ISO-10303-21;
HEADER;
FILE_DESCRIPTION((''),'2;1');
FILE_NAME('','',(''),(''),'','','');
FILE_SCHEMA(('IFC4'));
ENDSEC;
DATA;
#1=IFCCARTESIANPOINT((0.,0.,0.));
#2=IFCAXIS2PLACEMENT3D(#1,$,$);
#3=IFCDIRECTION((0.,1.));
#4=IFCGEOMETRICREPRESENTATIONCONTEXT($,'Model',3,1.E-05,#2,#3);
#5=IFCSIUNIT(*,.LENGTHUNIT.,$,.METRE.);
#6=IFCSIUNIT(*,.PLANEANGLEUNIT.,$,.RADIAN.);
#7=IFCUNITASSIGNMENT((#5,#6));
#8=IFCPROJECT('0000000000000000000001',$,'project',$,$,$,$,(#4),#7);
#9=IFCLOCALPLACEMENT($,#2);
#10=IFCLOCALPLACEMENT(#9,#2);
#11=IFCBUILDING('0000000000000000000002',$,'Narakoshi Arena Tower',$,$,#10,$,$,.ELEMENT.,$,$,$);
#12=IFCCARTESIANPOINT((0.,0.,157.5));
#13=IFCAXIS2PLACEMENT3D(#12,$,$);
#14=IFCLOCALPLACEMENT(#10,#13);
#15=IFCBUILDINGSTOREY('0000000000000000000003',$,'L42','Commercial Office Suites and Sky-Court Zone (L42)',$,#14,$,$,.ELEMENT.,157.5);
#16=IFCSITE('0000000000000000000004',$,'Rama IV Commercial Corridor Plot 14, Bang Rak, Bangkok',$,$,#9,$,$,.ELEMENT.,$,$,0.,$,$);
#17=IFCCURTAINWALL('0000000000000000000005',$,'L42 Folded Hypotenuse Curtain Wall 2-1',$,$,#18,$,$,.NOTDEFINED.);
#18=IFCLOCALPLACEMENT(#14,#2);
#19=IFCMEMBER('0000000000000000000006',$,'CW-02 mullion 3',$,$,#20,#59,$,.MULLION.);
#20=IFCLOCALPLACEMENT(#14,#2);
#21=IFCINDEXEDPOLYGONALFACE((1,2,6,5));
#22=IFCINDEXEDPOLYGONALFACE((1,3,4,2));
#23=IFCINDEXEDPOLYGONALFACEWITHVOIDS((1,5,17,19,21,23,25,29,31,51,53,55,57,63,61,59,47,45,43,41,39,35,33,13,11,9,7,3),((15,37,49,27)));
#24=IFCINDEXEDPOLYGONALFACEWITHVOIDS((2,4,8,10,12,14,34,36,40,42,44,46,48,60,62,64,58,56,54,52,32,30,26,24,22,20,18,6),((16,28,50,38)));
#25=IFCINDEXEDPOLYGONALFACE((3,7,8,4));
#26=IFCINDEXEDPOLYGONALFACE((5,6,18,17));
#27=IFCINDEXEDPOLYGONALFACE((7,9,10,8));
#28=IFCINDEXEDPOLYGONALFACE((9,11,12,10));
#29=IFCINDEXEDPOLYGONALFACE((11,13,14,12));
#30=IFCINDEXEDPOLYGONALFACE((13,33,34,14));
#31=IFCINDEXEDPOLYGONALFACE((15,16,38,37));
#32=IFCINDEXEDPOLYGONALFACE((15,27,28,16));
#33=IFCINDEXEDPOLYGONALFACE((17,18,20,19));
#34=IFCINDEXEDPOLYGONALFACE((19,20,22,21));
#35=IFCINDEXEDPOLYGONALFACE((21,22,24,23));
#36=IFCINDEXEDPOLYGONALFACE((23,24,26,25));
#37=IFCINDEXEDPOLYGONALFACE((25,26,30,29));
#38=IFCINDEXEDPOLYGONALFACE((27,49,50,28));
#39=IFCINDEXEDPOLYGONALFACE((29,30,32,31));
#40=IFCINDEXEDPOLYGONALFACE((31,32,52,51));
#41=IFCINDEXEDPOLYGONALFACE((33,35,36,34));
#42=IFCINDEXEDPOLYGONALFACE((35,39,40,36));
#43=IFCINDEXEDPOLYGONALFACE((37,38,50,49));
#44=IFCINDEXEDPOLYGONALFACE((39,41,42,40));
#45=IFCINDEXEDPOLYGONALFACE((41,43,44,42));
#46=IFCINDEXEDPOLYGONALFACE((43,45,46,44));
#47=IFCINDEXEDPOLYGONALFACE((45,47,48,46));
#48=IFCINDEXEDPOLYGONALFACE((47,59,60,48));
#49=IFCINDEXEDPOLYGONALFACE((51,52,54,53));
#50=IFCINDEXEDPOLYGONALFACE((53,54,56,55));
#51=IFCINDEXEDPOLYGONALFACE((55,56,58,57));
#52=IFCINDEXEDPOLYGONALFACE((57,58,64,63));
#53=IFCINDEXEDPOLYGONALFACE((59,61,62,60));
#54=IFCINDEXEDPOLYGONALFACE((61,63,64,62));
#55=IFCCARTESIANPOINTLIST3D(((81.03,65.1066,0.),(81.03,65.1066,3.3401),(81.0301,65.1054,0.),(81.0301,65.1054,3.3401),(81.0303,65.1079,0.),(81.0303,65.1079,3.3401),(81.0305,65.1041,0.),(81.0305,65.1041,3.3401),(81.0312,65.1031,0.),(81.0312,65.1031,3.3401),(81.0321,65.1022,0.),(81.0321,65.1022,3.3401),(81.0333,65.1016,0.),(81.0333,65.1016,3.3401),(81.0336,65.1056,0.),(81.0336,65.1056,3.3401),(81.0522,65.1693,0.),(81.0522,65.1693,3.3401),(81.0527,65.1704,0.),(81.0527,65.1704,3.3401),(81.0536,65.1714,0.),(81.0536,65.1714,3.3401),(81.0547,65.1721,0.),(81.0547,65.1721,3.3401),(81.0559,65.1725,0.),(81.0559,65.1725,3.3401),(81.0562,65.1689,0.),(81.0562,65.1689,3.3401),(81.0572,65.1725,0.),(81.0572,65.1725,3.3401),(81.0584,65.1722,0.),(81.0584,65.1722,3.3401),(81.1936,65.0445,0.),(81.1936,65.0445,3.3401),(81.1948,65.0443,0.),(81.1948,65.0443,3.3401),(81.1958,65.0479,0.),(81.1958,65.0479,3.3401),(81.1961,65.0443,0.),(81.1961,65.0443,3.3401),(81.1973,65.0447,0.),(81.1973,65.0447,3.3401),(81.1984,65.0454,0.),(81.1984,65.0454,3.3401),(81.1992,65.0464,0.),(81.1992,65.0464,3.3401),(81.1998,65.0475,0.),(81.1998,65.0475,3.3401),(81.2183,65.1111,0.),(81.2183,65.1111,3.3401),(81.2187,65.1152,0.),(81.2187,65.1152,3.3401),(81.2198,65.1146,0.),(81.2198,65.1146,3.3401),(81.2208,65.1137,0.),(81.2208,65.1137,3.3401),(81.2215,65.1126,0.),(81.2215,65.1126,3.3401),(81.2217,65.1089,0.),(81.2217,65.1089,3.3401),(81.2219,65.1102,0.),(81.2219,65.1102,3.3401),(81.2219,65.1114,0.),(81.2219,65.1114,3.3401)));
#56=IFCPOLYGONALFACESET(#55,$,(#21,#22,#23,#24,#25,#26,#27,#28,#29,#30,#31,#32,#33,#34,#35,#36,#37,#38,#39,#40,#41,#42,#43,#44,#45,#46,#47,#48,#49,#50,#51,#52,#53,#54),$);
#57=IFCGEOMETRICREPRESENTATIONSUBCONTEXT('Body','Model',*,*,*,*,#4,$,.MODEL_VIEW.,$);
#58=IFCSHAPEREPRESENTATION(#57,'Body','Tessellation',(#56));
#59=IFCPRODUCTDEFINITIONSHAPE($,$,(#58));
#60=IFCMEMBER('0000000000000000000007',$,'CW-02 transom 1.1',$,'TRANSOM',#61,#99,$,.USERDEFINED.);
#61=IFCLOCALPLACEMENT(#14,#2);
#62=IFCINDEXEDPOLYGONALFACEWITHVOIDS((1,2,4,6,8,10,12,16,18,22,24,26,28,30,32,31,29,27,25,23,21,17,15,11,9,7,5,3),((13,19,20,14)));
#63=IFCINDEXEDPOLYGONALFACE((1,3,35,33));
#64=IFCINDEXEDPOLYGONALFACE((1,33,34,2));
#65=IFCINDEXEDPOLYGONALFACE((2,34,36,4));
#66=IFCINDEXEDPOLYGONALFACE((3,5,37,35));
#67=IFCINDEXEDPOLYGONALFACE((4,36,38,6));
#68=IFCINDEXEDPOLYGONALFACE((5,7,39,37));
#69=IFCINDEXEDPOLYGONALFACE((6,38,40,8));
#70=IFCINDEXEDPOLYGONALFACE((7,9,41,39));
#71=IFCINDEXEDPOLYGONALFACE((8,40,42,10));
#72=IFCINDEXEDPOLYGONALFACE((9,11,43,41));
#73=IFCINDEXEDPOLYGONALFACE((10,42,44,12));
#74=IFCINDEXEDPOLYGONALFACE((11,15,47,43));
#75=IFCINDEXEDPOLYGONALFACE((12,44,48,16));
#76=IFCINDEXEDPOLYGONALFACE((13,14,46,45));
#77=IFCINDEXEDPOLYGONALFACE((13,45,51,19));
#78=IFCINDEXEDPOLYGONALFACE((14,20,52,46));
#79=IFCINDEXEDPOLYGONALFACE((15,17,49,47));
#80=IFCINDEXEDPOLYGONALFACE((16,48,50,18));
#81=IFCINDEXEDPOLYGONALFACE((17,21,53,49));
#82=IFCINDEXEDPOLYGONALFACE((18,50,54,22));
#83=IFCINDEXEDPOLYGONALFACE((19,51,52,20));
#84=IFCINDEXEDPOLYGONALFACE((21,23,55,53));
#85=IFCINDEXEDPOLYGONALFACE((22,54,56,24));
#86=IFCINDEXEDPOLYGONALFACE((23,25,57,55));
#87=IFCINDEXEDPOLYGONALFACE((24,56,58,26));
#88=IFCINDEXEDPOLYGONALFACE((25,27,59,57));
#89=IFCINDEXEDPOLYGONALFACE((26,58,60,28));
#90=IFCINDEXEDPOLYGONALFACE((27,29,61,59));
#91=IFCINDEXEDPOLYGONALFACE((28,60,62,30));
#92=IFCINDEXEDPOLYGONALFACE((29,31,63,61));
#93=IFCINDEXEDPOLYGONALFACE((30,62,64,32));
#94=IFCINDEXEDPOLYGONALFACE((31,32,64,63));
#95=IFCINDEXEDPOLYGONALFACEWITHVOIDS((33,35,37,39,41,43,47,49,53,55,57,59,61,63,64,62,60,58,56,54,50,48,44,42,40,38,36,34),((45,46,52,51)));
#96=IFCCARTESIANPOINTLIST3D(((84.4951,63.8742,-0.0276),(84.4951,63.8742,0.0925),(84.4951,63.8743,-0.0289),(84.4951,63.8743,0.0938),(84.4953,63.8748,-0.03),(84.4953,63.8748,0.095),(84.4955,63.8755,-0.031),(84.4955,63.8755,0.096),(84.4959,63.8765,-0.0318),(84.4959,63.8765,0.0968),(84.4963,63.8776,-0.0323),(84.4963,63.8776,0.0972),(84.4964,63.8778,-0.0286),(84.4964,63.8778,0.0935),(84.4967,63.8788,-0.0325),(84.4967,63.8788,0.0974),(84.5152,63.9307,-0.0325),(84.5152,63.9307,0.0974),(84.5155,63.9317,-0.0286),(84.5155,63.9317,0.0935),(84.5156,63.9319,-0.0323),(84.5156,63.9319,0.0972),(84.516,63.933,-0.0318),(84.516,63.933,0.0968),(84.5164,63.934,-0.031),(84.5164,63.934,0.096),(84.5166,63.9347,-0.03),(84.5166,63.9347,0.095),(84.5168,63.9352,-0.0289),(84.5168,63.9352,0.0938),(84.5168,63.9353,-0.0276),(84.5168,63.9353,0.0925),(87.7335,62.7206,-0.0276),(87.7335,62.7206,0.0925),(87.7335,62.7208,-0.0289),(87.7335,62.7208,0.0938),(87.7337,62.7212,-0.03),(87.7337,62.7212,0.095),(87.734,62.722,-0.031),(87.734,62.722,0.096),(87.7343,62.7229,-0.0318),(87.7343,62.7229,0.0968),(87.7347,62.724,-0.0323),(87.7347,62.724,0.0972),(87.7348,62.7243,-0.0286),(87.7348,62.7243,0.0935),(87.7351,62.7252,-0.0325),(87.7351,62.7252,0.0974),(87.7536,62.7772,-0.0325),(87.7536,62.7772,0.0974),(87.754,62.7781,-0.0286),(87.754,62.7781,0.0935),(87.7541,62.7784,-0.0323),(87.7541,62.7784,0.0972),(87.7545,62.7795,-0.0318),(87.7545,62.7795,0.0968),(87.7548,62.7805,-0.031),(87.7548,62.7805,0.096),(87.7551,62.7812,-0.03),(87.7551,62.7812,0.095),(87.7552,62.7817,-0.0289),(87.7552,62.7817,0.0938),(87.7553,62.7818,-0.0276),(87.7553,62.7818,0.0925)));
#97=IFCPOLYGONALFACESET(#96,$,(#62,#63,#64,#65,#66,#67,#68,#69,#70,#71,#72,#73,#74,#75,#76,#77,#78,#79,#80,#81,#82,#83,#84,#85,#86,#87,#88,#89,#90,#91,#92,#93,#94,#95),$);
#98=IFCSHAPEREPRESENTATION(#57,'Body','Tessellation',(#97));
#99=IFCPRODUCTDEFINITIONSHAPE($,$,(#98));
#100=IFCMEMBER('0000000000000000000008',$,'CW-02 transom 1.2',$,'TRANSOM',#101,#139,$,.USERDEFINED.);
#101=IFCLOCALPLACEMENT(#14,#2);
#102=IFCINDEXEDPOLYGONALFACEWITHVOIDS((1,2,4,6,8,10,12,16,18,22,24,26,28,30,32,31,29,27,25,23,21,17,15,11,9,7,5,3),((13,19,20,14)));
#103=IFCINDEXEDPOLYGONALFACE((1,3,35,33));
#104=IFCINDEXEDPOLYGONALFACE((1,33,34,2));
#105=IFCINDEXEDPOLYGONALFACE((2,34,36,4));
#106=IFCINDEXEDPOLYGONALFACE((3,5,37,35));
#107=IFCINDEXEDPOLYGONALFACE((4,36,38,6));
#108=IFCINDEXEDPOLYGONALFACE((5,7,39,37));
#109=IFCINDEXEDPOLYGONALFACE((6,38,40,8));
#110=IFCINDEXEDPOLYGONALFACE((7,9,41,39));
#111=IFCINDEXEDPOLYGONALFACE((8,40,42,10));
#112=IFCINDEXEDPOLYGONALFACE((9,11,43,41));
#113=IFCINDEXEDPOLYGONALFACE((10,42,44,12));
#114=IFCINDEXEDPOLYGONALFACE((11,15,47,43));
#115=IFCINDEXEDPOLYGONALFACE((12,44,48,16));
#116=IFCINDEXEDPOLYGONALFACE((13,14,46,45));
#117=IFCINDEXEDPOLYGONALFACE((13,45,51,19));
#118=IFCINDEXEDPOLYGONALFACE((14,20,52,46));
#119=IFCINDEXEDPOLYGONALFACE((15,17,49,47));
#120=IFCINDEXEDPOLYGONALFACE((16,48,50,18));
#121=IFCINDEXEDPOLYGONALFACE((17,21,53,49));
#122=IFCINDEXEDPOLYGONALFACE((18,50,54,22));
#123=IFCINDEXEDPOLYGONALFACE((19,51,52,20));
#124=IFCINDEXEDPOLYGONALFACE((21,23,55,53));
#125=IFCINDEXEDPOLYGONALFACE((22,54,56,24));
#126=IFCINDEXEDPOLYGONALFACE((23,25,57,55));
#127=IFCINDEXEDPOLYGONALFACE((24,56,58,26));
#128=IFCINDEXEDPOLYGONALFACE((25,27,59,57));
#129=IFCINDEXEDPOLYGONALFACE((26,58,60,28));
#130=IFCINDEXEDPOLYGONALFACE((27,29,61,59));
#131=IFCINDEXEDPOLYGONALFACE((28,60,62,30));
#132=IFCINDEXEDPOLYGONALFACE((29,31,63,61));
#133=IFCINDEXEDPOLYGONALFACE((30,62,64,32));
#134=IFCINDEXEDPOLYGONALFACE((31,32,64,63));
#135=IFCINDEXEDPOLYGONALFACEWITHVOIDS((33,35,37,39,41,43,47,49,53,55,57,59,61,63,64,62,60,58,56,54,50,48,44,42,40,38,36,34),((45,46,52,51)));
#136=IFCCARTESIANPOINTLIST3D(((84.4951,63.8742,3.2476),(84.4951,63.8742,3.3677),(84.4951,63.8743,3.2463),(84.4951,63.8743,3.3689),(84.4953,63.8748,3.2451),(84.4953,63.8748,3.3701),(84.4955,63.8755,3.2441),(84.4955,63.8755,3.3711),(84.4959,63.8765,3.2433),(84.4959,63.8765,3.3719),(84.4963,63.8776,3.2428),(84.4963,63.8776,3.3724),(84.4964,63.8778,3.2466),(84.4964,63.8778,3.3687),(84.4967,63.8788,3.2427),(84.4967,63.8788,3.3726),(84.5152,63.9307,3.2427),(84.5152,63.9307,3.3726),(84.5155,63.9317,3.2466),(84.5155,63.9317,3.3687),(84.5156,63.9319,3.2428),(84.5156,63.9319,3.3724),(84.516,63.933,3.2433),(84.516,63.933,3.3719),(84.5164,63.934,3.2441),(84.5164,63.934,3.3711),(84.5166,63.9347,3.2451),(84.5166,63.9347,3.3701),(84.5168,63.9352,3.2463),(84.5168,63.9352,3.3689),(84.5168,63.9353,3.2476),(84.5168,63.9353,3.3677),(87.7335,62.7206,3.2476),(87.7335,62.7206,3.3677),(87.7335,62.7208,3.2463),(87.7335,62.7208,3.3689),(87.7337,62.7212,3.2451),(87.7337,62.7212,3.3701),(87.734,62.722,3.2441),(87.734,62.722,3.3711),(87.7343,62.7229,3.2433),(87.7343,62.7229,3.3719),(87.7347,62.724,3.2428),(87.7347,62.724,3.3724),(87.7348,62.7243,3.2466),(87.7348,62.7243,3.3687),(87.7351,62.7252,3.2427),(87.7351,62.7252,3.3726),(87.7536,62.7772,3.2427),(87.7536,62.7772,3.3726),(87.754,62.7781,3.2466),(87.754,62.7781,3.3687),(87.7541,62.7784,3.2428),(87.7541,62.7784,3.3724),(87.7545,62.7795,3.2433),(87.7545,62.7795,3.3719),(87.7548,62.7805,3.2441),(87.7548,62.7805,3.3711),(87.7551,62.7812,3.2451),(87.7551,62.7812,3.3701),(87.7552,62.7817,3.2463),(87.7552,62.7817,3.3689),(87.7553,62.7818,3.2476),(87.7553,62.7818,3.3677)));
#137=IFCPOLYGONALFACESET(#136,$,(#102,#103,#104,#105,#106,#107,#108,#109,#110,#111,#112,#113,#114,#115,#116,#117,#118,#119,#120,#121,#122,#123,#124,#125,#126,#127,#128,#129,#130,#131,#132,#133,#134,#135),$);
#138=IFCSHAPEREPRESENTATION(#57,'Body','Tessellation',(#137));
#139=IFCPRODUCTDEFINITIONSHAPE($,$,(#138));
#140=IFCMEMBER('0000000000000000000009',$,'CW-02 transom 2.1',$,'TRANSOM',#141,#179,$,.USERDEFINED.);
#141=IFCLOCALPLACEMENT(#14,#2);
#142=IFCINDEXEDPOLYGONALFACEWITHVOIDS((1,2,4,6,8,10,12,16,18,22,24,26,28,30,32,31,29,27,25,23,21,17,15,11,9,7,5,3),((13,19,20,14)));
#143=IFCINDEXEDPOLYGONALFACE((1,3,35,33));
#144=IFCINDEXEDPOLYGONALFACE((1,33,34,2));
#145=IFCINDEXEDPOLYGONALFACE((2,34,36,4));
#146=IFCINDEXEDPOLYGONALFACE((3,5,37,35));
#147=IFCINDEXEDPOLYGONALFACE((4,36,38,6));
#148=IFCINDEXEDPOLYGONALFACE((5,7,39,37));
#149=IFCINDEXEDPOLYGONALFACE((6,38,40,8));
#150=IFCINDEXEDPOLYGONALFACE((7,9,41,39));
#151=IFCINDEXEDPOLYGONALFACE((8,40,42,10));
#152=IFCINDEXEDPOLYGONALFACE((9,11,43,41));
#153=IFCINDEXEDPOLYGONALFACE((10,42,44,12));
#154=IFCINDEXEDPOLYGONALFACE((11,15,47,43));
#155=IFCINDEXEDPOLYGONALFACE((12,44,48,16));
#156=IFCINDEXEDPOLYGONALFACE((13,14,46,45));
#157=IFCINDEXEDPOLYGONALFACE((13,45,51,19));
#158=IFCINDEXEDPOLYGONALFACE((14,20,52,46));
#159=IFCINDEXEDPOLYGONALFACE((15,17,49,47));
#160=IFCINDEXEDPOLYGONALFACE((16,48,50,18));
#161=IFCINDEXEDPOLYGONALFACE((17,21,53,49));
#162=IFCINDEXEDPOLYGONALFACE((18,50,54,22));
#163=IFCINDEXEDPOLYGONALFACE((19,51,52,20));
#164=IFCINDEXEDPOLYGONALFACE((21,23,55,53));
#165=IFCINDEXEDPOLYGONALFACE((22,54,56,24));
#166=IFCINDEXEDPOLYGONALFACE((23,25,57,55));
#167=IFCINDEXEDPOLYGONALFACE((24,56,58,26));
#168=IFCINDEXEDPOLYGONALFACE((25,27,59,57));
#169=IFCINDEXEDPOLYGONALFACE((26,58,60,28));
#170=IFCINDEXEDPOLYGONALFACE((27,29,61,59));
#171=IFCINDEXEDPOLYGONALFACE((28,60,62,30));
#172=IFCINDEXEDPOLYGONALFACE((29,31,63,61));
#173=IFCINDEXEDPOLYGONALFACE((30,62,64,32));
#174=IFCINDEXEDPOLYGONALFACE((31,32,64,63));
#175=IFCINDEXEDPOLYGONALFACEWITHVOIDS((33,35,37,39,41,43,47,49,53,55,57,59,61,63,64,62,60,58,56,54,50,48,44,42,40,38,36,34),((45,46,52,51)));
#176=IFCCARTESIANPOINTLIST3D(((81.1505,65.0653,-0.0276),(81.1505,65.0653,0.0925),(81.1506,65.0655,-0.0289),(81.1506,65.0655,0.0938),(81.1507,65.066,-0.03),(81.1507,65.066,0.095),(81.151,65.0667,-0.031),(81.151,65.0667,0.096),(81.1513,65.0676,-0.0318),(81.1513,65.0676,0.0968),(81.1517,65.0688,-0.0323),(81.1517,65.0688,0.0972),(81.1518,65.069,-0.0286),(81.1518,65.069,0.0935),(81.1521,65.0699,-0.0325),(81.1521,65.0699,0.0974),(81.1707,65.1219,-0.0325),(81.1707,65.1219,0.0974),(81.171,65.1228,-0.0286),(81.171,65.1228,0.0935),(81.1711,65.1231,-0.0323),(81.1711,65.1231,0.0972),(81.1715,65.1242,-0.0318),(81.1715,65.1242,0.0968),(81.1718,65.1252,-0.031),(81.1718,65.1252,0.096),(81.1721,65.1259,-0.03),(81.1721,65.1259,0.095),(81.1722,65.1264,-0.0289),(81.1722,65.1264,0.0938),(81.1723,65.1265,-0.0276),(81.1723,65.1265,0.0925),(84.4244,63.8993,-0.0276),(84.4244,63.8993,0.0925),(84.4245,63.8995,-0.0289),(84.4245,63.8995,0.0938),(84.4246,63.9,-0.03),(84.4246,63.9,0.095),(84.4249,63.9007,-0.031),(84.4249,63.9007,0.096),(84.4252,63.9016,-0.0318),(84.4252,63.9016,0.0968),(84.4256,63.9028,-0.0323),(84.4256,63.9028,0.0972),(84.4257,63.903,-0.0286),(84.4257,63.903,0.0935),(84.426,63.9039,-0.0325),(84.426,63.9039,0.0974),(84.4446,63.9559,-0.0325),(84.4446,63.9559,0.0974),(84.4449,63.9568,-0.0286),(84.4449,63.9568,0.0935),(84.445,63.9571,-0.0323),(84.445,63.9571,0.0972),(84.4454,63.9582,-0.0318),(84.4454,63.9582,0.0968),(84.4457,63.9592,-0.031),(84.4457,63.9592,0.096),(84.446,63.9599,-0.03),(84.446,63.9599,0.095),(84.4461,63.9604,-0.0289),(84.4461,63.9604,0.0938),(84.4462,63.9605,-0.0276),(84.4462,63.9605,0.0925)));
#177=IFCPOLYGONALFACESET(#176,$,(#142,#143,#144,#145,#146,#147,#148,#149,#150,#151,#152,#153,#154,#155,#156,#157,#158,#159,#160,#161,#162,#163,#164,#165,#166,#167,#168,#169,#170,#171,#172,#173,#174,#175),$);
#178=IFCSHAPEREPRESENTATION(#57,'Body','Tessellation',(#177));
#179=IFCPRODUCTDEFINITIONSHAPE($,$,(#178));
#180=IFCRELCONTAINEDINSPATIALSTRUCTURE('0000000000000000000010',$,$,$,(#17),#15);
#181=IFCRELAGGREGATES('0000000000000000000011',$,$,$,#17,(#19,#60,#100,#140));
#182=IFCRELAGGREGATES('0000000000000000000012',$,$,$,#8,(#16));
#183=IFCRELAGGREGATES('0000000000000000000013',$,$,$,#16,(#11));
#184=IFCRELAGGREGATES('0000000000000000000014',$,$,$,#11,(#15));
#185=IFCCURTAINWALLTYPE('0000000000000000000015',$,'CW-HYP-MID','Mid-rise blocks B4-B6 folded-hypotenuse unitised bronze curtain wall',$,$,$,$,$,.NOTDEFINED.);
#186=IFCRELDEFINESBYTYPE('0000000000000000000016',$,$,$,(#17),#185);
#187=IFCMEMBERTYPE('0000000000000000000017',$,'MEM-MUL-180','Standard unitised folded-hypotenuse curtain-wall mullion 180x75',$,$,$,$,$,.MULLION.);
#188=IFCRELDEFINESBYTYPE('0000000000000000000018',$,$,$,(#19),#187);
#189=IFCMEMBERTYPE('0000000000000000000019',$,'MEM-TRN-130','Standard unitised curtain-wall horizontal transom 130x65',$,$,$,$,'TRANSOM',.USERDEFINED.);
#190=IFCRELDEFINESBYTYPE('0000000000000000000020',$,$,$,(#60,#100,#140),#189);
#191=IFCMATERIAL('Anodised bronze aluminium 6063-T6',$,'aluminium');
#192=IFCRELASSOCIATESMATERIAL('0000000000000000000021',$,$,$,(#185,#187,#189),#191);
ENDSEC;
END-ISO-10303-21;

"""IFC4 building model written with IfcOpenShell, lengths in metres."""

from ifc_helpers import new_model, si_unit, direction, frame, origin, origin_2d, place, context, subcontext, project, spatial, hollow_rectangle, extrude, material, material_profile, profile_set, type_object, element, aggregate, save


model = new_model("IFC4")

# Units and contexts
model_context = context("Model", 3, precision=1e-05, world=origin(), true_north=direction((0.0, 1.0)))
body_context = subcontext(model_context, "Body", "Model", "MODEL_VIEW")
ifc_project = project(units=[si_unit("LENGTHUNIT", "METRE"), si_unit("PLANEANGLEUNIT", "RADIAN")], contexts=[model_context])

# Site, building, storey
site_placement = place(None, origin())
site = spatial("IfcSite", under=ifc_project, at=site_placement, Name="Rama IV Commercial Corridor Plot 14, Bang Rak, Bangkok", CompositionType="ELEMENT", RefElevation=0.0)
building_placement = place(site_placement, origin())
building = spatial("IfcBuilding", under=site, at=building_placement, Name="Narakoshi Arena Tower", CompositionType="ELEMENT")
storey_placement = place(building_placement, frame((0.0, 0.0, 157.5)))
storey = spatial("IfcBuildingStorey", under=building, at=storey_placement, Name="L42", Description="Commercial Office Suites and Sky-Court Zone (L42)", CompositionType="ELEMENT", Elevation=157.5)

# Curtain wall, members
ifc_material_1 = material(Name="Anodised bronze aluminium 6063-T6", Category="aluminium")
curtain_wall_type = type_object("IfcCurtainWallType", Name="CW-HYP-MID", Description="Mid-rise blocks B4-B6 folded-hypotenuse unitised bronze curtain wall", PredefinedType="NOTDEFINED", material=ifc_material_1)
curtain_wall_placement = place(storey_placement, origin())
curtain_wall = element("IfcCurtainWall", 1, at=curtain_wall_placement, inside=storey, type_object=curtain_wall_type, Name="L42 Folded Hypotenuse Curtain Wall 2-1", PredefinedType="NOTDEFINED")
ifc_material_profile_1 = material_profile(ifc_material_1, hollow_rectangle(XDim=0.075, YDim=0.1799, WallThickness=0.0039, OuterFilletRadius=0.0049, at=origin_2d()), Name="MUL180x75x4")
ifc_profile_set_1 = profile_set([ifc_material_profile_1], Name="Anodised bronze aluminium 6063-T6")
member_type_1 = type_object("IfcMemberType", Name="MEM-MUL-180", Description="Standard unitised folded-hypotenuse curtain-wall mullion 180x75", PredefinedType="MULLION", material=ifc_profile_set_1)
member_1_placement = place(storey_placement, frame((81.126, 65.1084, 0.0), z_axis=(0.0, 0.0, 1.0), x_axis=(-0.335518, -0.942034, 0.0)))
member_1 = element("IfcMember", 2, at=member_1_placement, type_object=member_type_1, Name="CW-02 mullion 3", PredefinedType="MULLION", context=body_context, shape_type="SweptSolid", body=[
    extrude(hollow_rectangle(XDim=0.075, YDim=0.1799, WallThickness=0.0039, OuterFilletRadius=0.0049, at=origin_2d()), origin(), (0.0, 0.0, 1.0), 3.3401),
])
ifc_material_profile_2 = material_profile(ifc_material_1, hollow_rectangle(XDim=0.0649, YDim=0.1299, WallThickness=0.0039, OuterFilletRadius=0.0049, at=origin_2d()), Name="TRN130x65x4")
ifc_profile_set_2 = profile_set([ifc_material_profile_2], Name="Anodised bronze aluminium 6063-T6")
member_type_2 = type_object("IfcMemberType", Name="MEM-TRN-130", Description="Standard unitised curtain-wall horizontal transom 130x65", ElementType="TRANSOM", PredefinedType="USERDEFINED", material=ifc_profile_set_2)
member_2_placement = place(storey_placement, frame((87.7444, 62.7512, 0.0325), z_axis=(-0.942023, 0.335549, 0.0), x_axis=(-0.335549, -0.942023, 0.0)))
member_2 = element("IfcMember", 3, at=member_2_placement, type_object=member_type_2, Name="CW-02 transom 1.1", ObjectType="TRANSOM", PredefinedType="USERDEFINED", context=body_context, shape_type="SweptSolid", body=[
    extrude(hollow_rectangle(XDim=0.0649, YDim=0.1299, WallThickness=0.0039, OuterFilletRadius=0.0049, at=origin_2d()), origin(), (0.0, 0.0, 1.0), 3.4377),
])
member_3_placement = place(storey_placement, frame((87.7444, 62.7512, 3.3076), z_axis=(-0.942023, 0.335549, 0.0), x_axis=(-0.335549, -0.942023, 0.0)))
member_3 = element("IfcMember", 4, at=member_3_placement, type_object=member_type_2, Name="CW-02 transom 1.2", ObjectType="TRANSOM", PredefinedType="USERDEFINED", context=body_context, shape_type="SweptSolid", body=[
    extrude(hollow_rectangle(XDim=0.0649, YDim=0.1299, WallThickness=0.0039, OuterFilletRadius=0.0049, at=origin_2d()), origin(), (0.0, 0.0, 1.0), 3.4377),
])
member_4_placement = place(storey_placement, frame((84.4353, 63.9299, 0.0325), z_axis=(-0.942037, 0.335509, 0.0), x_axis=(-0.335509, -0.942037, 0.0)))
member_4 = element("IfcMember", 5, at=member_4_placement, type_object=member_type_2, Name="CW-02 transom 2.1", ObjectType="TRANSOM", PredefinedType="USERDEFINED", context=body_context, shape_type="SweptSolid", body=[
    extrude(hollow_rectangle(XDim=0.0649, YDim=0.1299, WallThickness=0.0039, OuterFilletRadius=0.0049, at=origin_2d()), origin(), (0.0, 0.0, 1.0), 3.4753),
])
aggregate(curtain_wall, [member_1, member_2, member_3, member_4])

save(model, "model.ifc")
